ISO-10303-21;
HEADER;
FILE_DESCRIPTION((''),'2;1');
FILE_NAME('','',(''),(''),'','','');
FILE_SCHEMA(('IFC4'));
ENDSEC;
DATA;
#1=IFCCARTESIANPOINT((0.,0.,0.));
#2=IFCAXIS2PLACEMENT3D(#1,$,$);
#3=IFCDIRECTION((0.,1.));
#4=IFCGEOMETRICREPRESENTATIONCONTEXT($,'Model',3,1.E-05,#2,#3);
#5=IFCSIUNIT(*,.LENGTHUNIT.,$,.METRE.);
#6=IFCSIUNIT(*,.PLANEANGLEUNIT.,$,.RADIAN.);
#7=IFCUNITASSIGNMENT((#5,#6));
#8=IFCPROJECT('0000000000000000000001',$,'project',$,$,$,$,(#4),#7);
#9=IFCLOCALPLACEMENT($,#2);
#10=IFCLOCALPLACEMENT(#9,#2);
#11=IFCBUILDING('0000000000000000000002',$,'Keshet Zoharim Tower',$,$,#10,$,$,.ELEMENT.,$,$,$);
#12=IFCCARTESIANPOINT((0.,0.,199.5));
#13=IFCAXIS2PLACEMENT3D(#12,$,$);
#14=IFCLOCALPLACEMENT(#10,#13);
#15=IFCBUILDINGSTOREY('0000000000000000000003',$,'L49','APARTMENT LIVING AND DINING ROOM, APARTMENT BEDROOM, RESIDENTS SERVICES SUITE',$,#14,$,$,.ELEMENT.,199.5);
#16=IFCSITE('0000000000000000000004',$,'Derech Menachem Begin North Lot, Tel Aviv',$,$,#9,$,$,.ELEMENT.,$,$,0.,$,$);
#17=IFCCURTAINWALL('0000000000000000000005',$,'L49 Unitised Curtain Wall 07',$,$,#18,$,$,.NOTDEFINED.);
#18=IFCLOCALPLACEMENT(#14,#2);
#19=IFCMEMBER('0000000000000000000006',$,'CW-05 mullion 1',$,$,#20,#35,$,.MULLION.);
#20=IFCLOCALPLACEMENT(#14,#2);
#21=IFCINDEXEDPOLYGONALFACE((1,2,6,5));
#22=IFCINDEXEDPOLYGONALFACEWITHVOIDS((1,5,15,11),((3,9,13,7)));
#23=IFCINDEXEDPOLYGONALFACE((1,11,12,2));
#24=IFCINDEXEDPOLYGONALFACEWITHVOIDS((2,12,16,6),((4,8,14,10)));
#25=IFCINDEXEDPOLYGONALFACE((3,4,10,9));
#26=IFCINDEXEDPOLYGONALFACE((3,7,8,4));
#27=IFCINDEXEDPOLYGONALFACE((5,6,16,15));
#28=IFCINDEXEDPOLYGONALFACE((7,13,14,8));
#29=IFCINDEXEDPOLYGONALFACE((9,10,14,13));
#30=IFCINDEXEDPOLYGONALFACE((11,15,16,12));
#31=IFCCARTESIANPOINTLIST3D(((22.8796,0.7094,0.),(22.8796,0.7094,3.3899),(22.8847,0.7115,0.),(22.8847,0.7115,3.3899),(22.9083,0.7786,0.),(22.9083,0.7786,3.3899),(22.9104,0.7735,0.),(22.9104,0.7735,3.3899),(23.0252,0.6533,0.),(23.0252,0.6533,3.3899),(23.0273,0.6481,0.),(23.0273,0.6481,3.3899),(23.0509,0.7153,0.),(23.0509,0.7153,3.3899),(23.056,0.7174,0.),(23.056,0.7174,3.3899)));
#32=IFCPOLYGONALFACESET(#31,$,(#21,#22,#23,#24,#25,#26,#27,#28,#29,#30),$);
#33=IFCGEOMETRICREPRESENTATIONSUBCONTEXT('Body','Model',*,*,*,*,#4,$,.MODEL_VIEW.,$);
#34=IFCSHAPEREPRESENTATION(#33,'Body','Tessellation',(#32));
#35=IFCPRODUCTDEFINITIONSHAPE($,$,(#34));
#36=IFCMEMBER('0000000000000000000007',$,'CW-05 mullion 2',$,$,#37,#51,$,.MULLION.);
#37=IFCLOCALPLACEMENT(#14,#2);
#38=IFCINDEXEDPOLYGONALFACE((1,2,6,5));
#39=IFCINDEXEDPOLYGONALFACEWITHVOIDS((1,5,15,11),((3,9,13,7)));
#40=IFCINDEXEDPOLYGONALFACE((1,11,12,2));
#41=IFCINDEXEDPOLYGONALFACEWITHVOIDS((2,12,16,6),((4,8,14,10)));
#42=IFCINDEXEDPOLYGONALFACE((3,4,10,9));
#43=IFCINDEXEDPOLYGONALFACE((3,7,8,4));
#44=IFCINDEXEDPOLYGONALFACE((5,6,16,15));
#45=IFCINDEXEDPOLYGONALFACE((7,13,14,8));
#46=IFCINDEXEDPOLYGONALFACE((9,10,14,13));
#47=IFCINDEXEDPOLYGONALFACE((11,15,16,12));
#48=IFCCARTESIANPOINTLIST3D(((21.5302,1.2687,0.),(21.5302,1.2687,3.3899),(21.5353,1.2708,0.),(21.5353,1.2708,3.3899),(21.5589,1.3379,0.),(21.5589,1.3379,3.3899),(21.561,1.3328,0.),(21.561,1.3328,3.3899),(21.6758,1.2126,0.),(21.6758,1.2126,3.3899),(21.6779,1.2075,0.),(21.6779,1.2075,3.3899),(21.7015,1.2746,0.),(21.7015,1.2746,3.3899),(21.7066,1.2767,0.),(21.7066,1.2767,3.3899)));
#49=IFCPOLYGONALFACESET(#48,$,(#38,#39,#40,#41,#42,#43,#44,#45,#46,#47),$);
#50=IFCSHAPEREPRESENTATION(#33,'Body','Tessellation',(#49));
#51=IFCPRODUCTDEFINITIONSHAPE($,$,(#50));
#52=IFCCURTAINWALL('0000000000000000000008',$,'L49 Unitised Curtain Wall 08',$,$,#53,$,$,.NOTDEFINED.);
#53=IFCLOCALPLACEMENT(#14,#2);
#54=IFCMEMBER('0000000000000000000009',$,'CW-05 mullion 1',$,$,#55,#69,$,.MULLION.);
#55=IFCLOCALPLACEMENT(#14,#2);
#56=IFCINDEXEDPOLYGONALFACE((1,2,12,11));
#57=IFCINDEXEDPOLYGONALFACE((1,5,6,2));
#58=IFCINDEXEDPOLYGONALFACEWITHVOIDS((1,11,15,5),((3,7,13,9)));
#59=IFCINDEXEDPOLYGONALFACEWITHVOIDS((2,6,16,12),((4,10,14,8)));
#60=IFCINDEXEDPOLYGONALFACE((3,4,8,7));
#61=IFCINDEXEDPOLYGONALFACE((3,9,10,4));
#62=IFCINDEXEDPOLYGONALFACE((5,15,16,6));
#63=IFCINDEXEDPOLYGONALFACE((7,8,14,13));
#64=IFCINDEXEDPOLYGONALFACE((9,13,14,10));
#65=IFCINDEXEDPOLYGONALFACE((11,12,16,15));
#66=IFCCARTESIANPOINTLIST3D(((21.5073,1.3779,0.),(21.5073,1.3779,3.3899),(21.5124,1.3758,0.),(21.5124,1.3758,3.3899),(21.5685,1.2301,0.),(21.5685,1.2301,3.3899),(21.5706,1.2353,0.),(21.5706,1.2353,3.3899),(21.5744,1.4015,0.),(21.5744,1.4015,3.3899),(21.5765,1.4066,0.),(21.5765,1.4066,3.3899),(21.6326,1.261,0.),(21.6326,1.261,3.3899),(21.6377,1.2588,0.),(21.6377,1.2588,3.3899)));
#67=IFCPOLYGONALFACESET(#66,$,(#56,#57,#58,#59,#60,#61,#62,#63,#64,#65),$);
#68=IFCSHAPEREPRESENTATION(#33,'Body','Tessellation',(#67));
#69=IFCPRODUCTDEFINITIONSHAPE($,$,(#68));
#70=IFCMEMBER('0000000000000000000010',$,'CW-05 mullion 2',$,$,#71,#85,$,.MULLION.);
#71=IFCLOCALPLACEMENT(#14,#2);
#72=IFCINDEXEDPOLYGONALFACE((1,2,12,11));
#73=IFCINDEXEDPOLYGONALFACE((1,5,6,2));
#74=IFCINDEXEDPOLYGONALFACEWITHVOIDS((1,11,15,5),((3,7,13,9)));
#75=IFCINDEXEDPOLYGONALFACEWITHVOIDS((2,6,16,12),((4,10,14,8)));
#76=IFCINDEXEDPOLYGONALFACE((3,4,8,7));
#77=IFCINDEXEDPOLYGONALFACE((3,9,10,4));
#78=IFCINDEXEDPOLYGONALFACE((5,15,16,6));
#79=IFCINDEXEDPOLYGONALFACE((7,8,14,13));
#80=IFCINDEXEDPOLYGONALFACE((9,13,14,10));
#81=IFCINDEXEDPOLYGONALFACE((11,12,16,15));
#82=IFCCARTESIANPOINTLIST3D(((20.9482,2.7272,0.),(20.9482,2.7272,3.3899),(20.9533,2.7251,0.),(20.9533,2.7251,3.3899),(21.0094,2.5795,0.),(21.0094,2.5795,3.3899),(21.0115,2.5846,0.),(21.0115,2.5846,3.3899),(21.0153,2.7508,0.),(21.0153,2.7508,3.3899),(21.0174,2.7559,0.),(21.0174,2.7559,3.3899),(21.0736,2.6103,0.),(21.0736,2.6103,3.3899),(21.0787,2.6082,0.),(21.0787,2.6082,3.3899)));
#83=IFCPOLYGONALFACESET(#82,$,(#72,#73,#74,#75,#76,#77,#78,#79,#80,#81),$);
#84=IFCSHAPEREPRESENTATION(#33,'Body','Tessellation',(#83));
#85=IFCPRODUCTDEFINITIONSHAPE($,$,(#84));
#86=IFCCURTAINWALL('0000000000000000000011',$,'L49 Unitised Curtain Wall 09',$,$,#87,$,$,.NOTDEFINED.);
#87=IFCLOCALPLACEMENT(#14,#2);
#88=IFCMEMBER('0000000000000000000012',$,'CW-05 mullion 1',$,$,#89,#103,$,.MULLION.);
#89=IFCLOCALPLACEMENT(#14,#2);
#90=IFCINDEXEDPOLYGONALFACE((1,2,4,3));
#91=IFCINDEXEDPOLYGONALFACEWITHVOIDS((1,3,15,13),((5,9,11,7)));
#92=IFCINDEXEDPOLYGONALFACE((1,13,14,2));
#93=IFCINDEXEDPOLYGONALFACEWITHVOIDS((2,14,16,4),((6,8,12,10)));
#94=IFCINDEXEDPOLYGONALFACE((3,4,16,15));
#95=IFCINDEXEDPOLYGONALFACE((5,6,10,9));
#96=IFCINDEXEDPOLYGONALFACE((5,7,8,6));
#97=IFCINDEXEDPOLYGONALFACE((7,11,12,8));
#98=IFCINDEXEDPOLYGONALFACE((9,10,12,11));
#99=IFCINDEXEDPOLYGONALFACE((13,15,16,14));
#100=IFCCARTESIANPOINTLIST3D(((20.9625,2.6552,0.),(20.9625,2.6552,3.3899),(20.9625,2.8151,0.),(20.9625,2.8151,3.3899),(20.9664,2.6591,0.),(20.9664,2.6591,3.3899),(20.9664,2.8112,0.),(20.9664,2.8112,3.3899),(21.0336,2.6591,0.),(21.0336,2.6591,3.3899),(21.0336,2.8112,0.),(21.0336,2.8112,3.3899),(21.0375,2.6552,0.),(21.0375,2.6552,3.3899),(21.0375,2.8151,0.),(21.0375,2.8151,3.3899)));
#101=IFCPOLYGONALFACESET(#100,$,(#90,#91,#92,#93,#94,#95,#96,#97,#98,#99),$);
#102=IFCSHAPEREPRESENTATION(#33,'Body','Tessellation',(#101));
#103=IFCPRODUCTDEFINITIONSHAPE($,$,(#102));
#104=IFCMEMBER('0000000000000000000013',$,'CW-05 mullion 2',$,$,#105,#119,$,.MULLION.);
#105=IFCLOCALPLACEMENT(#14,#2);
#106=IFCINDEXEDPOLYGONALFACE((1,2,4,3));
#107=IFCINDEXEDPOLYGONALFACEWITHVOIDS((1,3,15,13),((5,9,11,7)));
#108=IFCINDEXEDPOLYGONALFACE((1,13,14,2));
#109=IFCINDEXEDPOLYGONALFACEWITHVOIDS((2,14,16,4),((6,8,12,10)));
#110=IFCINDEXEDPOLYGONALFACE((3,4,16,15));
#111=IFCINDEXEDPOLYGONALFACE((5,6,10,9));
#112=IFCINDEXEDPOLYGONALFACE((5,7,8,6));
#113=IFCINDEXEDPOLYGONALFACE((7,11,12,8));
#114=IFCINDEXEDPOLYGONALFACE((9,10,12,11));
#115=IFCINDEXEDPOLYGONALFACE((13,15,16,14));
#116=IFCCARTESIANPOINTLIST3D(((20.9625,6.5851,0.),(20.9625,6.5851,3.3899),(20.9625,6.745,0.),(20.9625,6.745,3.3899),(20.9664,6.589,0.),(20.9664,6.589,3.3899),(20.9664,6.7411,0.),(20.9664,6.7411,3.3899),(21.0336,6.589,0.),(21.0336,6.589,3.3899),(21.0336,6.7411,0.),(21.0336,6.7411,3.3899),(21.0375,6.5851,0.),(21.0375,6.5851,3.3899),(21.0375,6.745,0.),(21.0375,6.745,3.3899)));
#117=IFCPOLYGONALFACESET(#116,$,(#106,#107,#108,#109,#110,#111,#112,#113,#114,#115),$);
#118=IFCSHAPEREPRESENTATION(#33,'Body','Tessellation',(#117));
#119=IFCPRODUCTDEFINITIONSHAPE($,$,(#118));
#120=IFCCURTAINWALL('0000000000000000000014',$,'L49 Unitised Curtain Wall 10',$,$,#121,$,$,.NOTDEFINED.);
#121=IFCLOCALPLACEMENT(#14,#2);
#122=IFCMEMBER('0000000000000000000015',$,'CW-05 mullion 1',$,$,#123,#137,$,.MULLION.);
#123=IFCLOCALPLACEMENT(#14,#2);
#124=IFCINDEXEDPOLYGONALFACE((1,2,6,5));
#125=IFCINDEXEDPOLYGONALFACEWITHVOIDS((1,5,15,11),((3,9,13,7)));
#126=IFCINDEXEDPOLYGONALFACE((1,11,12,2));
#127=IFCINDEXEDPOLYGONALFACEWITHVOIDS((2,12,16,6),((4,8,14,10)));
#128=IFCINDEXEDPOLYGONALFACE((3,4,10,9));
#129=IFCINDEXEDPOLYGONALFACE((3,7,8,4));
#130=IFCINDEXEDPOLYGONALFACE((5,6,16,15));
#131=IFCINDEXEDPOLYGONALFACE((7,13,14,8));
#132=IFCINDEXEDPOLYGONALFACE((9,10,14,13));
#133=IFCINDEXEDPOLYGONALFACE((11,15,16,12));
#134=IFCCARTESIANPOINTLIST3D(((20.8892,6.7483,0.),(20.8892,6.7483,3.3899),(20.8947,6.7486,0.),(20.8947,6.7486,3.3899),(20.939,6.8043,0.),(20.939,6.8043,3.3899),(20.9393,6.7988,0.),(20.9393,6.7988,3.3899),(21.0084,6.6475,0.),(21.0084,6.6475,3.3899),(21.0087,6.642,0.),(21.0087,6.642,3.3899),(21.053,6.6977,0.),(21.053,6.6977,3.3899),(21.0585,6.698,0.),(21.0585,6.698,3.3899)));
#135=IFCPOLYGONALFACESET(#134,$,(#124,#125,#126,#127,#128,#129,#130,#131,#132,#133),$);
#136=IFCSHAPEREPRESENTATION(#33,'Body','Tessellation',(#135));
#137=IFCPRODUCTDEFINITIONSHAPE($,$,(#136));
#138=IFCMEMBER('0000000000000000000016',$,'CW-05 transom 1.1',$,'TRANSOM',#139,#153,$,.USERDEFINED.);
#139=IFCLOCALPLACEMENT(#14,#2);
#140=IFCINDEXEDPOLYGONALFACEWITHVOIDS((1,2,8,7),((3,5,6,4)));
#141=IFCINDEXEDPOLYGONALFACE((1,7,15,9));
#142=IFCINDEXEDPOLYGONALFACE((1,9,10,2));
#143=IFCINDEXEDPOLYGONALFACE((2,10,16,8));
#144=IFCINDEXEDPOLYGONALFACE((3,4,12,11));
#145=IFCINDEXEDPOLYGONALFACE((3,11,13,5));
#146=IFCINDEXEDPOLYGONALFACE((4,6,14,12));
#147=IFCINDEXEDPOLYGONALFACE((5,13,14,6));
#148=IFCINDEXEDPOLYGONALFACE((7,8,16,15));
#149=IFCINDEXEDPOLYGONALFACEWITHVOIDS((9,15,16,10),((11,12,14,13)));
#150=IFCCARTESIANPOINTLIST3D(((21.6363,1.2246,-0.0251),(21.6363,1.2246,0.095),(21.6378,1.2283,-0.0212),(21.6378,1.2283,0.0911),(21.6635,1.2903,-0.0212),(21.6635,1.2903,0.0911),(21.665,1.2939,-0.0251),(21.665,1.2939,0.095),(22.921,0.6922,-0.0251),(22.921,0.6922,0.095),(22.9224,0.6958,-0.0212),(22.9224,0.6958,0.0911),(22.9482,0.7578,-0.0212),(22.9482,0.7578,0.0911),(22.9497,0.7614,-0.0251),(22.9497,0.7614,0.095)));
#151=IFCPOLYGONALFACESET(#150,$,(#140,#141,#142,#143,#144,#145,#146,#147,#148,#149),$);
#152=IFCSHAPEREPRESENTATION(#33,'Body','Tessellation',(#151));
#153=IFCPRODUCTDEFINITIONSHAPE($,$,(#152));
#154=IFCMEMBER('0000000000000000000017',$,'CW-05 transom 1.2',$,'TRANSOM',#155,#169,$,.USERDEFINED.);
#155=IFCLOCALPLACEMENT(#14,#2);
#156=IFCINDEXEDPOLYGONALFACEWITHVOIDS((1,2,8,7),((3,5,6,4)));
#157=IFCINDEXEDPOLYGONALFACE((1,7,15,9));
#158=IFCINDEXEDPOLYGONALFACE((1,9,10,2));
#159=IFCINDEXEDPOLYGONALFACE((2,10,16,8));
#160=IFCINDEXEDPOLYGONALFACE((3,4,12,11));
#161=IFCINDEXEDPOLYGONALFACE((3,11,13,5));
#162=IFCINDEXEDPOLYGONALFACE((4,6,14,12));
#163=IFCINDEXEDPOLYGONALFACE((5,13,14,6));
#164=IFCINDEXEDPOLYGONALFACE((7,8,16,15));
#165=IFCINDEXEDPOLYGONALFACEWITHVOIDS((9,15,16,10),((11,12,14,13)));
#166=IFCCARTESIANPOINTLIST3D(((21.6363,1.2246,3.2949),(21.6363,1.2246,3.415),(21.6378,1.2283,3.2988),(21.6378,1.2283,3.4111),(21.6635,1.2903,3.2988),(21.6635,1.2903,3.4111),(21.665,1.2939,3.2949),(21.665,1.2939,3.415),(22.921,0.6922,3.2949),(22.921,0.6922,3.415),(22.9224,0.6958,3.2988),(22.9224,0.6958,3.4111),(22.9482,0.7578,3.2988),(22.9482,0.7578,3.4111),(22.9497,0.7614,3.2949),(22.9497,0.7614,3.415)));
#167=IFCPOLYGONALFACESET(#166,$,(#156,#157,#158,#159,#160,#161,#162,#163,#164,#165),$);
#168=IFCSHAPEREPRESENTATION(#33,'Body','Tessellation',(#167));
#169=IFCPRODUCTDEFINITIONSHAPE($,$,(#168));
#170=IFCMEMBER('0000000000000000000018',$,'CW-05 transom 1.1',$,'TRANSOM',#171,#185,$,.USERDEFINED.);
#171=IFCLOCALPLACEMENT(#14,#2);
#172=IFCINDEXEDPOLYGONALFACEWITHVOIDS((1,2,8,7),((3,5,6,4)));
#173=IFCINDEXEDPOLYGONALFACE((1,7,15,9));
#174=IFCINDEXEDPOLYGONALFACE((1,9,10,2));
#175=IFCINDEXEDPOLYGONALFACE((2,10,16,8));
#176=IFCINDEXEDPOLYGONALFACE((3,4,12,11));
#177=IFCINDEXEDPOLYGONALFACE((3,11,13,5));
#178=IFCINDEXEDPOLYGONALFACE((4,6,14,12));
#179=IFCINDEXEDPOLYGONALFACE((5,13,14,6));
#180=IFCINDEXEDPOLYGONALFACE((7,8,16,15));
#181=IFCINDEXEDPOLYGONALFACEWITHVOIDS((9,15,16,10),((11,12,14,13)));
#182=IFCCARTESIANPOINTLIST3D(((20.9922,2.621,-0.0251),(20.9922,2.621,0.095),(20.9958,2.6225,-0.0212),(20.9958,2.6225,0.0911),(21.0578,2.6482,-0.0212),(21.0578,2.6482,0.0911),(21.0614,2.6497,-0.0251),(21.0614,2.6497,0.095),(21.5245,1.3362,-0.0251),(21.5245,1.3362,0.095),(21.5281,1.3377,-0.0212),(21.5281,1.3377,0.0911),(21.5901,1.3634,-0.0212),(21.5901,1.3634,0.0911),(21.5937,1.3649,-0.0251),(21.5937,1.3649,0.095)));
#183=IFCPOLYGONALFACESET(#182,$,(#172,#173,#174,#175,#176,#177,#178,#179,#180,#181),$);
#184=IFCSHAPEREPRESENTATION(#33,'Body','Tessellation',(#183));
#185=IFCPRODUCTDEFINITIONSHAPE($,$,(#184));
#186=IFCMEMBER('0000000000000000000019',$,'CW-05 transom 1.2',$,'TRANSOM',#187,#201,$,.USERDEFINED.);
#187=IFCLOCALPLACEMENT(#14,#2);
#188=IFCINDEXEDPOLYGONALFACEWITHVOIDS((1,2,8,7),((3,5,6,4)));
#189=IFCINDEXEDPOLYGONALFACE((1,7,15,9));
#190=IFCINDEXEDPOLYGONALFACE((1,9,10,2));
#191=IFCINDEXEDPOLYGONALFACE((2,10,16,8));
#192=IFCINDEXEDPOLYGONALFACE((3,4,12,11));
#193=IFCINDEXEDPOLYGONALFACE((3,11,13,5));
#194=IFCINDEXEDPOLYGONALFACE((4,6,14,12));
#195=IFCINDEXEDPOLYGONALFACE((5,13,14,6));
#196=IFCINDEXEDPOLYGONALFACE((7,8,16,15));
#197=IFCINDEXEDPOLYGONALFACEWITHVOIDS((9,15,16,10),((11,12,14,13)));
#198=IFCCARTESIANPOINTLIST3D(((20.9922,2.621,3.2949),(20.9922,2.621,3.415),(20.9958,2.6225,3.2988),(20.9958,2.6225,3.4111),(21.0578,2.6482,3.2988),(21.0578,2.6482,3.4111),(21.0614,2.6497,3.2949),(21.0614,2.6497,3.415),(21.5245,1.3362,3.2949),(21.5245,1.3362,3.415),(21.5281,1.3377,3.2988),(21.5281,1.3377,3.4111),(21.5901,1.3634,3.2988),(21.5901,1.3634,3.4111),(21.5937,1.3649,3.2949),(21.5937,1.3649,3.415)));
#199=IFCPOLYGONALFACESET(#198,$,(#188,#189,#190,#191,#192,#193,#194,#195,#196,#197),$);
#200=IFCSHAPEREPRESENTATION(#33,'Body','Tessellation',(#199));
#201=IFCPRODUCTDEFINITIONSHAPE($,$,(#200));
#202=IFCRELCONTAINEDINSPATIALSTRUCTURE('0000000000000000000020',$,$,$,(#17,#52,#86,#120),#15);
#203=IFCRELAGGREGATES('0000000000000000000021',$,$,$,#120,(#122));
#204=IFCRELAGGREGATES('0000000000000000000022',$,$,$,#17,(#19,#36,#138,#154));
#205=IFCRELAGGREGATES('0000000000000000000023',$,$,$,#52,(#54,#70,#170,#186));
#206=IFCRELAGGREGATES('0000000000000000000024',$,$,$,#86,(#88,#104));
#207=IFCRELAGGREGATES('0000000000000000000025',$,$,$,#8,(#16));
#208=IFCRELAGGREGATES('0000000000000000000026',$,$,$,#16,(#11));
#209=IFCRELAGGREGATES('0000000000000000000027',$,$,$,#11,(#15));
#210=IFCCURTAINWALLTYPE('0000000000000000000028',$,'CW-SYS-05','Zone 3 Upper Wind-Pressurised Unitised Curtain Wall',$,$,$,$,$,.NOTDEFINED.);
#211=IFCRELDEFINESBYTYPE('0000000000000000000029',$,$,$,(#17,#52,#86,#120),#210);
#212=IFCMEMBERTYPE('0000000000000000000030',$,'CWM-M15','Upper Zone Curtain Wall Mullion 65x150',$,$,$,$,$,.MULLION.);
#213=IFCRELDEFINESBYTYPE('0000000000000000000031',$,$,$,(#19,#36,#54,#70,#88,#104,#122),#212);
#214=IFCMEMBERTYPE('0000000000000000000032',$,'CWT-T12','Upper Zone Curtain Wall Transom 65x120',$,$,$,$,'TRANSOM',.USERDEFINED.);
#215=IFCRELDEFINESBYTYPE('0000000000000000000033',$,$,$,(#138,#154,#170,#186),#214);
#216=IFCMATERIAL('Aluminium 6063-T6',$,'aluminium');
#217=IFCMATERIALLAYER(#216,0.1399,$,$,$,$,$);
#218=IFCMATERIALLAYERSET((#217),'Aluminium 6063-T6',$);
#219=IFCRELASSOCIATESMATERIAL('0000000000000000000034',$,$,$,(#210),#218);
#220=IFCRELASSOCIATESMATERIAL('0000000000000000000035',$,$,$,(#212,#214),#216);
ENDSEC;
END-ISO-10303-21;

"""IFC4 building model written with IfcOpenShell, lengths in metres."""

from ifc_helpers import new_model, si_unit, direction, frame, origin, origin_2d, place, context, subcontext, project, spatial, hollow_rectangle, extrude, material, layer, layer_set, material_profile, profile_set, type_object, element, aggregate, save


model = new_model("IFC4")

# Units and contexts
model_context = context("Model", 3, precision=1e-05, world=origin(), true_north=direction((0.0, 1.0)))
body_context = subcontext(model_context, "Body", "Model", "MODEL_VIEW")
ifc_project = project(units=[si_unit("LENGTHUNIT", "METRE"), si_unit("PLANEANGLEUNIT", "RADIAN")], contexts=[model_context])

# Site, building, storey
site_placement = place(None, origin())
site = spatial("IfcSite", under=ifc_project, at=site_placement, Name="Derech Menachem Begin North Lot, Tel Aviv", CompositionType="ELEMENT", RefElevation=0.0)
building_placement = place(site_placement, origin())
building = spatial("IfcBuilding", under=site, at=building_placement, Name="Keshet Zoharim Tower", CompositionType="ELEMENT")
storey_placement = place(building_placement, frame((0.0, 0.0, 199.5)))
storey = spatial("IfcBuildingStorey", under=building, at=storey_placement, Name="L49", Description="APARTMENT LIVING AND DINING ROOM, APARTMENT BEDROOM, RESIDENTS SERVICES SUITE", CompositionType="ELEMENT", Elevation=199.5)

# Shared definitions
ifc_material_1 = material(Name="Aluminium 6063-T6", Category="aluminium")
ifc_layer_1 = layer(ifc_material_1, 0.1399)
ifc_layer_set_1 = layer_set([ifc_layer_1], Name="Aluminium 6063-T6")
curtain_wall_type = type_object("IfcCurtainWallType", Name="CW-SYS-05", Description="Zone 3 Upper Wind-Pressurised Unitised Curtain Wall", PredefinedType="NOTDEFINED", material=ifc_layer_set_1)
ifc_material_profile_1 = material_profile(ifc_material_1, hollow_rectangle(XDim=0.075, YDim=0.1599, WallThickness=0.0039, at=origin_2d()), Name="MUL-75x160")
ifc_profile_set_1 = profile_set([ifc_material_profile_1], Name="Aluminium 6063-T6")
member_type_1 = type_object("IfcMemberType", Name="CWM-M15", Description="Upper Zone Curtain Wall Mullion 65x150", PredefinedType="MULLION", material=ifc_profile_set_1)

# Curtain walls, members
curtain_wall_1_placement = place(storey_placement, origin())
curtain_wall_1 = element("IfcCurtainWall", 1, at=curtain_wall_1_placement, inside=storey, type_object=curtain_wall_type, Name="L49 Unitised Curtain Wall 07", PredefinedType="NOTDEFINED")
member_1_placement = place(storey_placement, frame((22.9678, 0.7134, 0.0), z_axis=(0.0, 0.0, 1.0), x_axis=(-0.382852, -0.92381, 0.0)))
member_1 = element("IfcMember", 2, at=member_1_placement, type_object=member_type_1, Name="CW-05 mullion 1", PredefinedType="MULLION", context=body_context, shape_type="SweptSolid", body=[
    extrude(hollow_rectangle(XDim=0.075, YDim=0.1599, WallThickness=0.0039, at=origin_2d()), origin(), (0.0, 0.0, 1.0), 3.3899),
])
member_2_placement = place(storey_placement, frame((21.6184, 1.2727, 0.0), z_axis=(0.0, 0.0, 1.0), x_axis=(-0.382852, -0.92381, 0.0)))
member_2 = element("IfcMember", 3, at=member_2_placement, type_object=member_type_1, Name="CW-05 mullion 2", PredefinedType="MULLION", context=body_context, shape_type="SweptSolid", body=[
    extrude(hollow_rectangle(XDim=0.075, YDim=0.1599, WallThickness=0.0039, at=origin_2d()), origin(), (0.0, 0.0, 1.0), 3.3899),
])
curtain_wall_2_placement = place(storey_placement, origin())
curtain_wall_2 = element("IfcCurtainWall", 4, at=curtain_wall_2_placement, inside=storey, type_object=curtain_wall_type, Name="L49 Unitised Curtain Wall 08", PredefinedType="NOTDEFINED")
member_3_placement = place(storey_placement, frame((21.5725, 1.3184, 0.0), z_axis=(0.0, 0.0, 1.0), x_axis=(-0.92381, -0.382852, 0.0)))
member_3 = element("IfcMember", 5, at=member_3_placement, type_object=member_type_1, Name="CW-05 mullion 1", PredefinedType="MULLION", context=body_context, shape_type="SweptSolid", body=[
    extrude(hollow_rectangle(XDim=0.075, YDim=0.1599, WallThickness=0.0039, at=origin_2d()), origin(), (0.0, 0.0, 1.0), 3.3899),
])
member_4_placement = place(storey_placement, frame((21.0134, 2.6677, 0.0), z_axis=(0.0, 0.0, 1.0), x_axis=(-0.92381, -0.382852, 0.0)))
member_4 = element("IfcMember", 6, at=member_4_placement, type_object=member_type_1, Name="CW-05 mullion 2", PredefinedType="MULLION", context=body_context, shape_type="SweptSolid", body=[
    extrude(hollow_rectangle(XDim=0.075, YDim=0.1599, WallThickness=0.0039, at=origin_2d()), origin(), (0.0, 0.0, 1.0), 3.3899),
])
curtain_wall_3_placement = place(storey_placement, origin())
curtain_wall_3 = element("IfcCurtainWall", 7, at=curtain_wall_3_placement, inside=storey, type_object=curtain_wall_type, Name="L49 Unitised Curtain Wall 09", PredefinedType="NOTDEFINED")
member_5_placement = place(storey_placement, frame((21.0, 2.7351, 0.0), z_axis=(0.0, 0.0, 1.0), x_axis=(-1.0, 0.0, 0.0)))
member_5 = element("IfcMember", 8, at=member_5_placement, type_object=member_type_1, Name="CW-05 mullion 1", PredefinedType="MULLION", context=body_context, shape_type="SweptSolid", body=[
    extrude(hollow_rectangle(XDim=0.075, YDim=0.1599, WallThickness=0.0039, at=origin_2d()), origin(), (0.0, 0.0, 1.0), 3.3899),
])
member_6_placement = place(storey_placement, frame((21.0, 6.665, 0.0), z_axis=(0.0, 0.0, 1.0), x_axis=(-1.0, 0.0, 0.0)))
member_6 = element("IfcMember", 9, at=member_6_placement, type_object=member_type_1, Name="CW-05 mullion 2", PredefinedType="MULLION", context=body_context, shape_type="SweptSolid", body=[
    extrude(hollow_rectangle(XDim=0.075, YDim=0.1599, WallThickness=0.0039, at=origin_2d()), origin(), (0.0, 0.0, 1.0), 3.3899),
])

# Curtain wall, member
curtain_wall_4_placement = place(storey_placement, origin())
curtain_wall_4 = element("IfcCurtainWall", 10, at=curtain_wall_4_placement, inside=storey, type_object=curtain_wall_type, Name="L49 Unitised Curtain Wall 10", PredefinedType="NOTDEFINED")
member_7_placement = place(storey_placement, frame((20.9739, 6.7231, 0.0), z_axis=(0.0, 0.0, 1.0), x_axis=(-0.664368, -0.747406, 0.0)))
member_7 = element("IfcMember", 11, at=member_7_placement, type_object=member_type_1, Name="CW-05 mullion 1", PredefinedType="MULLION", context=body_context, shape_type="SweptSolid", body=[
    extrude(hollow_rectangle(XDim=0.075, YDim=0.1599, WallThickness=0.0039, at=origin_2d()), origin(), (0.0, 0.0, 1.0), 3.3899),
])

# Members
ifc_material_profile_2 = material_profile(ifc_material_1, hollow_rectangle(XDim=0.075, YDim=0.1201, WallThickness=0.0039, at=origin_2d()), Name="TRN-75x120")
ifc_profile_set_2 = profile_set([ifc_material_profile_2], Name="Aluminium 6063-T6")
member_type_2 = type_object("IfcMemberType", Name="CWT-T12", Description="Upper Zone Curtain Wall Transom 65x120", ElementType="TRANSOM", PredefinedType="USERDEFINED", material=ifc_profile_set_2)
member_8_placement = place(storey_placement, frame((22.9353, 0.7268, 0.0349), z_axis=(-0.923792, 0.382894, 0.0), x_axis=(-0.382894, -0.923792, 0.0)))
member_8 = element("IfcMember", 12, at=member_8_placement, type_object=member_type_2, Name="CW-05 transom 1.1", ObjectType="TRANSOM", PredefinedType="USERDEFINED", context=body_context, shape_type="SweptSolid", body=[
    extrude(hollow_rectangle(XDim=0.075, YDim=0.1201, WallThickness=0.0039, at=origin_2d()), origin(), (0.0, 0.0, 1.0), 1.3906),
])
member_9_placement = place(storey_placement, frame((22.9353, 0.7268, 3.355), z_axis=(-0.923792, 0.382894, 0.0), x_axis=(-0.382894, -0.923792, 0.0)))
member_9 = element("IfcMember", 13, at=member_9_placement, type_object=member_type_2, Name="CW-05 transom 1.2", ObjectType="TRANSOM", PredefinedType="USERDEFINED", context=body_context, shape_type="SweptSolid", body=[
    extrude(hollow_rectangle(XDim=0.075, YDim=0.1201, WallThickness=0.0039, at=origin_2d()), origin(), (0.0, 0.0, 1.0), 1.3906),
])
member_10_placement = place(storey_placement, frame((21.5591, 1.3506, 0.0349), z_axis=(-0.382745, 0.923854, 0.0), x_axis=(-0.923854, -0.382745, 0.0)))
member_10 = element("IfcMember", 14, at=member_10_placement, type_object=member_type_2, Name="CW-05 transom 1.1", ObjectType="TRANSOM", PredefinedType="USERDEFINED", context=body_context, shape_type="SweptSolid", body=[
    extrude(hollow_rectangle(XDim=0.075, YDim=0.1201, WallThickness=0.0039, at=origin_2d()), origin(), (0.0, 0.0, 1.0), 1.3906),
])
member_11_placement = place(storey_placement, frame((21.5591, 1.3506, 3.355), z_axis=(-0.382745, 0.923854, 0.0), x_axis=(-0.923854, -0.382745, 0.0)))
member_11 = element("IfcMember", 15, at=member_11_placement, type_object=member_type_2, Name="CW-05 transom 1.2", ObjectType="TRANSOM", PredefinedType="USERDEFINED", context=body_context, shape_type="SweptSolid", body=[
    extrude(hollow_rectangle(XDim=0.075, YDim=0.1201, WallThickness=0.0039, at=origin_2d()), origin(), (0.0, 0.0, 1.0), 1.3906),
])
aggregate(curtain_wall_4, [member_7])

aggregate(curtain_wall_1, [member_1, member_2, member_8, member_9])
aggregate(curtain_wall_2, [member_3, member_4, member_10, member_11])
aggregate(curtain_wall_3, [member_5, member_6])

save(model, "model.ifc")
